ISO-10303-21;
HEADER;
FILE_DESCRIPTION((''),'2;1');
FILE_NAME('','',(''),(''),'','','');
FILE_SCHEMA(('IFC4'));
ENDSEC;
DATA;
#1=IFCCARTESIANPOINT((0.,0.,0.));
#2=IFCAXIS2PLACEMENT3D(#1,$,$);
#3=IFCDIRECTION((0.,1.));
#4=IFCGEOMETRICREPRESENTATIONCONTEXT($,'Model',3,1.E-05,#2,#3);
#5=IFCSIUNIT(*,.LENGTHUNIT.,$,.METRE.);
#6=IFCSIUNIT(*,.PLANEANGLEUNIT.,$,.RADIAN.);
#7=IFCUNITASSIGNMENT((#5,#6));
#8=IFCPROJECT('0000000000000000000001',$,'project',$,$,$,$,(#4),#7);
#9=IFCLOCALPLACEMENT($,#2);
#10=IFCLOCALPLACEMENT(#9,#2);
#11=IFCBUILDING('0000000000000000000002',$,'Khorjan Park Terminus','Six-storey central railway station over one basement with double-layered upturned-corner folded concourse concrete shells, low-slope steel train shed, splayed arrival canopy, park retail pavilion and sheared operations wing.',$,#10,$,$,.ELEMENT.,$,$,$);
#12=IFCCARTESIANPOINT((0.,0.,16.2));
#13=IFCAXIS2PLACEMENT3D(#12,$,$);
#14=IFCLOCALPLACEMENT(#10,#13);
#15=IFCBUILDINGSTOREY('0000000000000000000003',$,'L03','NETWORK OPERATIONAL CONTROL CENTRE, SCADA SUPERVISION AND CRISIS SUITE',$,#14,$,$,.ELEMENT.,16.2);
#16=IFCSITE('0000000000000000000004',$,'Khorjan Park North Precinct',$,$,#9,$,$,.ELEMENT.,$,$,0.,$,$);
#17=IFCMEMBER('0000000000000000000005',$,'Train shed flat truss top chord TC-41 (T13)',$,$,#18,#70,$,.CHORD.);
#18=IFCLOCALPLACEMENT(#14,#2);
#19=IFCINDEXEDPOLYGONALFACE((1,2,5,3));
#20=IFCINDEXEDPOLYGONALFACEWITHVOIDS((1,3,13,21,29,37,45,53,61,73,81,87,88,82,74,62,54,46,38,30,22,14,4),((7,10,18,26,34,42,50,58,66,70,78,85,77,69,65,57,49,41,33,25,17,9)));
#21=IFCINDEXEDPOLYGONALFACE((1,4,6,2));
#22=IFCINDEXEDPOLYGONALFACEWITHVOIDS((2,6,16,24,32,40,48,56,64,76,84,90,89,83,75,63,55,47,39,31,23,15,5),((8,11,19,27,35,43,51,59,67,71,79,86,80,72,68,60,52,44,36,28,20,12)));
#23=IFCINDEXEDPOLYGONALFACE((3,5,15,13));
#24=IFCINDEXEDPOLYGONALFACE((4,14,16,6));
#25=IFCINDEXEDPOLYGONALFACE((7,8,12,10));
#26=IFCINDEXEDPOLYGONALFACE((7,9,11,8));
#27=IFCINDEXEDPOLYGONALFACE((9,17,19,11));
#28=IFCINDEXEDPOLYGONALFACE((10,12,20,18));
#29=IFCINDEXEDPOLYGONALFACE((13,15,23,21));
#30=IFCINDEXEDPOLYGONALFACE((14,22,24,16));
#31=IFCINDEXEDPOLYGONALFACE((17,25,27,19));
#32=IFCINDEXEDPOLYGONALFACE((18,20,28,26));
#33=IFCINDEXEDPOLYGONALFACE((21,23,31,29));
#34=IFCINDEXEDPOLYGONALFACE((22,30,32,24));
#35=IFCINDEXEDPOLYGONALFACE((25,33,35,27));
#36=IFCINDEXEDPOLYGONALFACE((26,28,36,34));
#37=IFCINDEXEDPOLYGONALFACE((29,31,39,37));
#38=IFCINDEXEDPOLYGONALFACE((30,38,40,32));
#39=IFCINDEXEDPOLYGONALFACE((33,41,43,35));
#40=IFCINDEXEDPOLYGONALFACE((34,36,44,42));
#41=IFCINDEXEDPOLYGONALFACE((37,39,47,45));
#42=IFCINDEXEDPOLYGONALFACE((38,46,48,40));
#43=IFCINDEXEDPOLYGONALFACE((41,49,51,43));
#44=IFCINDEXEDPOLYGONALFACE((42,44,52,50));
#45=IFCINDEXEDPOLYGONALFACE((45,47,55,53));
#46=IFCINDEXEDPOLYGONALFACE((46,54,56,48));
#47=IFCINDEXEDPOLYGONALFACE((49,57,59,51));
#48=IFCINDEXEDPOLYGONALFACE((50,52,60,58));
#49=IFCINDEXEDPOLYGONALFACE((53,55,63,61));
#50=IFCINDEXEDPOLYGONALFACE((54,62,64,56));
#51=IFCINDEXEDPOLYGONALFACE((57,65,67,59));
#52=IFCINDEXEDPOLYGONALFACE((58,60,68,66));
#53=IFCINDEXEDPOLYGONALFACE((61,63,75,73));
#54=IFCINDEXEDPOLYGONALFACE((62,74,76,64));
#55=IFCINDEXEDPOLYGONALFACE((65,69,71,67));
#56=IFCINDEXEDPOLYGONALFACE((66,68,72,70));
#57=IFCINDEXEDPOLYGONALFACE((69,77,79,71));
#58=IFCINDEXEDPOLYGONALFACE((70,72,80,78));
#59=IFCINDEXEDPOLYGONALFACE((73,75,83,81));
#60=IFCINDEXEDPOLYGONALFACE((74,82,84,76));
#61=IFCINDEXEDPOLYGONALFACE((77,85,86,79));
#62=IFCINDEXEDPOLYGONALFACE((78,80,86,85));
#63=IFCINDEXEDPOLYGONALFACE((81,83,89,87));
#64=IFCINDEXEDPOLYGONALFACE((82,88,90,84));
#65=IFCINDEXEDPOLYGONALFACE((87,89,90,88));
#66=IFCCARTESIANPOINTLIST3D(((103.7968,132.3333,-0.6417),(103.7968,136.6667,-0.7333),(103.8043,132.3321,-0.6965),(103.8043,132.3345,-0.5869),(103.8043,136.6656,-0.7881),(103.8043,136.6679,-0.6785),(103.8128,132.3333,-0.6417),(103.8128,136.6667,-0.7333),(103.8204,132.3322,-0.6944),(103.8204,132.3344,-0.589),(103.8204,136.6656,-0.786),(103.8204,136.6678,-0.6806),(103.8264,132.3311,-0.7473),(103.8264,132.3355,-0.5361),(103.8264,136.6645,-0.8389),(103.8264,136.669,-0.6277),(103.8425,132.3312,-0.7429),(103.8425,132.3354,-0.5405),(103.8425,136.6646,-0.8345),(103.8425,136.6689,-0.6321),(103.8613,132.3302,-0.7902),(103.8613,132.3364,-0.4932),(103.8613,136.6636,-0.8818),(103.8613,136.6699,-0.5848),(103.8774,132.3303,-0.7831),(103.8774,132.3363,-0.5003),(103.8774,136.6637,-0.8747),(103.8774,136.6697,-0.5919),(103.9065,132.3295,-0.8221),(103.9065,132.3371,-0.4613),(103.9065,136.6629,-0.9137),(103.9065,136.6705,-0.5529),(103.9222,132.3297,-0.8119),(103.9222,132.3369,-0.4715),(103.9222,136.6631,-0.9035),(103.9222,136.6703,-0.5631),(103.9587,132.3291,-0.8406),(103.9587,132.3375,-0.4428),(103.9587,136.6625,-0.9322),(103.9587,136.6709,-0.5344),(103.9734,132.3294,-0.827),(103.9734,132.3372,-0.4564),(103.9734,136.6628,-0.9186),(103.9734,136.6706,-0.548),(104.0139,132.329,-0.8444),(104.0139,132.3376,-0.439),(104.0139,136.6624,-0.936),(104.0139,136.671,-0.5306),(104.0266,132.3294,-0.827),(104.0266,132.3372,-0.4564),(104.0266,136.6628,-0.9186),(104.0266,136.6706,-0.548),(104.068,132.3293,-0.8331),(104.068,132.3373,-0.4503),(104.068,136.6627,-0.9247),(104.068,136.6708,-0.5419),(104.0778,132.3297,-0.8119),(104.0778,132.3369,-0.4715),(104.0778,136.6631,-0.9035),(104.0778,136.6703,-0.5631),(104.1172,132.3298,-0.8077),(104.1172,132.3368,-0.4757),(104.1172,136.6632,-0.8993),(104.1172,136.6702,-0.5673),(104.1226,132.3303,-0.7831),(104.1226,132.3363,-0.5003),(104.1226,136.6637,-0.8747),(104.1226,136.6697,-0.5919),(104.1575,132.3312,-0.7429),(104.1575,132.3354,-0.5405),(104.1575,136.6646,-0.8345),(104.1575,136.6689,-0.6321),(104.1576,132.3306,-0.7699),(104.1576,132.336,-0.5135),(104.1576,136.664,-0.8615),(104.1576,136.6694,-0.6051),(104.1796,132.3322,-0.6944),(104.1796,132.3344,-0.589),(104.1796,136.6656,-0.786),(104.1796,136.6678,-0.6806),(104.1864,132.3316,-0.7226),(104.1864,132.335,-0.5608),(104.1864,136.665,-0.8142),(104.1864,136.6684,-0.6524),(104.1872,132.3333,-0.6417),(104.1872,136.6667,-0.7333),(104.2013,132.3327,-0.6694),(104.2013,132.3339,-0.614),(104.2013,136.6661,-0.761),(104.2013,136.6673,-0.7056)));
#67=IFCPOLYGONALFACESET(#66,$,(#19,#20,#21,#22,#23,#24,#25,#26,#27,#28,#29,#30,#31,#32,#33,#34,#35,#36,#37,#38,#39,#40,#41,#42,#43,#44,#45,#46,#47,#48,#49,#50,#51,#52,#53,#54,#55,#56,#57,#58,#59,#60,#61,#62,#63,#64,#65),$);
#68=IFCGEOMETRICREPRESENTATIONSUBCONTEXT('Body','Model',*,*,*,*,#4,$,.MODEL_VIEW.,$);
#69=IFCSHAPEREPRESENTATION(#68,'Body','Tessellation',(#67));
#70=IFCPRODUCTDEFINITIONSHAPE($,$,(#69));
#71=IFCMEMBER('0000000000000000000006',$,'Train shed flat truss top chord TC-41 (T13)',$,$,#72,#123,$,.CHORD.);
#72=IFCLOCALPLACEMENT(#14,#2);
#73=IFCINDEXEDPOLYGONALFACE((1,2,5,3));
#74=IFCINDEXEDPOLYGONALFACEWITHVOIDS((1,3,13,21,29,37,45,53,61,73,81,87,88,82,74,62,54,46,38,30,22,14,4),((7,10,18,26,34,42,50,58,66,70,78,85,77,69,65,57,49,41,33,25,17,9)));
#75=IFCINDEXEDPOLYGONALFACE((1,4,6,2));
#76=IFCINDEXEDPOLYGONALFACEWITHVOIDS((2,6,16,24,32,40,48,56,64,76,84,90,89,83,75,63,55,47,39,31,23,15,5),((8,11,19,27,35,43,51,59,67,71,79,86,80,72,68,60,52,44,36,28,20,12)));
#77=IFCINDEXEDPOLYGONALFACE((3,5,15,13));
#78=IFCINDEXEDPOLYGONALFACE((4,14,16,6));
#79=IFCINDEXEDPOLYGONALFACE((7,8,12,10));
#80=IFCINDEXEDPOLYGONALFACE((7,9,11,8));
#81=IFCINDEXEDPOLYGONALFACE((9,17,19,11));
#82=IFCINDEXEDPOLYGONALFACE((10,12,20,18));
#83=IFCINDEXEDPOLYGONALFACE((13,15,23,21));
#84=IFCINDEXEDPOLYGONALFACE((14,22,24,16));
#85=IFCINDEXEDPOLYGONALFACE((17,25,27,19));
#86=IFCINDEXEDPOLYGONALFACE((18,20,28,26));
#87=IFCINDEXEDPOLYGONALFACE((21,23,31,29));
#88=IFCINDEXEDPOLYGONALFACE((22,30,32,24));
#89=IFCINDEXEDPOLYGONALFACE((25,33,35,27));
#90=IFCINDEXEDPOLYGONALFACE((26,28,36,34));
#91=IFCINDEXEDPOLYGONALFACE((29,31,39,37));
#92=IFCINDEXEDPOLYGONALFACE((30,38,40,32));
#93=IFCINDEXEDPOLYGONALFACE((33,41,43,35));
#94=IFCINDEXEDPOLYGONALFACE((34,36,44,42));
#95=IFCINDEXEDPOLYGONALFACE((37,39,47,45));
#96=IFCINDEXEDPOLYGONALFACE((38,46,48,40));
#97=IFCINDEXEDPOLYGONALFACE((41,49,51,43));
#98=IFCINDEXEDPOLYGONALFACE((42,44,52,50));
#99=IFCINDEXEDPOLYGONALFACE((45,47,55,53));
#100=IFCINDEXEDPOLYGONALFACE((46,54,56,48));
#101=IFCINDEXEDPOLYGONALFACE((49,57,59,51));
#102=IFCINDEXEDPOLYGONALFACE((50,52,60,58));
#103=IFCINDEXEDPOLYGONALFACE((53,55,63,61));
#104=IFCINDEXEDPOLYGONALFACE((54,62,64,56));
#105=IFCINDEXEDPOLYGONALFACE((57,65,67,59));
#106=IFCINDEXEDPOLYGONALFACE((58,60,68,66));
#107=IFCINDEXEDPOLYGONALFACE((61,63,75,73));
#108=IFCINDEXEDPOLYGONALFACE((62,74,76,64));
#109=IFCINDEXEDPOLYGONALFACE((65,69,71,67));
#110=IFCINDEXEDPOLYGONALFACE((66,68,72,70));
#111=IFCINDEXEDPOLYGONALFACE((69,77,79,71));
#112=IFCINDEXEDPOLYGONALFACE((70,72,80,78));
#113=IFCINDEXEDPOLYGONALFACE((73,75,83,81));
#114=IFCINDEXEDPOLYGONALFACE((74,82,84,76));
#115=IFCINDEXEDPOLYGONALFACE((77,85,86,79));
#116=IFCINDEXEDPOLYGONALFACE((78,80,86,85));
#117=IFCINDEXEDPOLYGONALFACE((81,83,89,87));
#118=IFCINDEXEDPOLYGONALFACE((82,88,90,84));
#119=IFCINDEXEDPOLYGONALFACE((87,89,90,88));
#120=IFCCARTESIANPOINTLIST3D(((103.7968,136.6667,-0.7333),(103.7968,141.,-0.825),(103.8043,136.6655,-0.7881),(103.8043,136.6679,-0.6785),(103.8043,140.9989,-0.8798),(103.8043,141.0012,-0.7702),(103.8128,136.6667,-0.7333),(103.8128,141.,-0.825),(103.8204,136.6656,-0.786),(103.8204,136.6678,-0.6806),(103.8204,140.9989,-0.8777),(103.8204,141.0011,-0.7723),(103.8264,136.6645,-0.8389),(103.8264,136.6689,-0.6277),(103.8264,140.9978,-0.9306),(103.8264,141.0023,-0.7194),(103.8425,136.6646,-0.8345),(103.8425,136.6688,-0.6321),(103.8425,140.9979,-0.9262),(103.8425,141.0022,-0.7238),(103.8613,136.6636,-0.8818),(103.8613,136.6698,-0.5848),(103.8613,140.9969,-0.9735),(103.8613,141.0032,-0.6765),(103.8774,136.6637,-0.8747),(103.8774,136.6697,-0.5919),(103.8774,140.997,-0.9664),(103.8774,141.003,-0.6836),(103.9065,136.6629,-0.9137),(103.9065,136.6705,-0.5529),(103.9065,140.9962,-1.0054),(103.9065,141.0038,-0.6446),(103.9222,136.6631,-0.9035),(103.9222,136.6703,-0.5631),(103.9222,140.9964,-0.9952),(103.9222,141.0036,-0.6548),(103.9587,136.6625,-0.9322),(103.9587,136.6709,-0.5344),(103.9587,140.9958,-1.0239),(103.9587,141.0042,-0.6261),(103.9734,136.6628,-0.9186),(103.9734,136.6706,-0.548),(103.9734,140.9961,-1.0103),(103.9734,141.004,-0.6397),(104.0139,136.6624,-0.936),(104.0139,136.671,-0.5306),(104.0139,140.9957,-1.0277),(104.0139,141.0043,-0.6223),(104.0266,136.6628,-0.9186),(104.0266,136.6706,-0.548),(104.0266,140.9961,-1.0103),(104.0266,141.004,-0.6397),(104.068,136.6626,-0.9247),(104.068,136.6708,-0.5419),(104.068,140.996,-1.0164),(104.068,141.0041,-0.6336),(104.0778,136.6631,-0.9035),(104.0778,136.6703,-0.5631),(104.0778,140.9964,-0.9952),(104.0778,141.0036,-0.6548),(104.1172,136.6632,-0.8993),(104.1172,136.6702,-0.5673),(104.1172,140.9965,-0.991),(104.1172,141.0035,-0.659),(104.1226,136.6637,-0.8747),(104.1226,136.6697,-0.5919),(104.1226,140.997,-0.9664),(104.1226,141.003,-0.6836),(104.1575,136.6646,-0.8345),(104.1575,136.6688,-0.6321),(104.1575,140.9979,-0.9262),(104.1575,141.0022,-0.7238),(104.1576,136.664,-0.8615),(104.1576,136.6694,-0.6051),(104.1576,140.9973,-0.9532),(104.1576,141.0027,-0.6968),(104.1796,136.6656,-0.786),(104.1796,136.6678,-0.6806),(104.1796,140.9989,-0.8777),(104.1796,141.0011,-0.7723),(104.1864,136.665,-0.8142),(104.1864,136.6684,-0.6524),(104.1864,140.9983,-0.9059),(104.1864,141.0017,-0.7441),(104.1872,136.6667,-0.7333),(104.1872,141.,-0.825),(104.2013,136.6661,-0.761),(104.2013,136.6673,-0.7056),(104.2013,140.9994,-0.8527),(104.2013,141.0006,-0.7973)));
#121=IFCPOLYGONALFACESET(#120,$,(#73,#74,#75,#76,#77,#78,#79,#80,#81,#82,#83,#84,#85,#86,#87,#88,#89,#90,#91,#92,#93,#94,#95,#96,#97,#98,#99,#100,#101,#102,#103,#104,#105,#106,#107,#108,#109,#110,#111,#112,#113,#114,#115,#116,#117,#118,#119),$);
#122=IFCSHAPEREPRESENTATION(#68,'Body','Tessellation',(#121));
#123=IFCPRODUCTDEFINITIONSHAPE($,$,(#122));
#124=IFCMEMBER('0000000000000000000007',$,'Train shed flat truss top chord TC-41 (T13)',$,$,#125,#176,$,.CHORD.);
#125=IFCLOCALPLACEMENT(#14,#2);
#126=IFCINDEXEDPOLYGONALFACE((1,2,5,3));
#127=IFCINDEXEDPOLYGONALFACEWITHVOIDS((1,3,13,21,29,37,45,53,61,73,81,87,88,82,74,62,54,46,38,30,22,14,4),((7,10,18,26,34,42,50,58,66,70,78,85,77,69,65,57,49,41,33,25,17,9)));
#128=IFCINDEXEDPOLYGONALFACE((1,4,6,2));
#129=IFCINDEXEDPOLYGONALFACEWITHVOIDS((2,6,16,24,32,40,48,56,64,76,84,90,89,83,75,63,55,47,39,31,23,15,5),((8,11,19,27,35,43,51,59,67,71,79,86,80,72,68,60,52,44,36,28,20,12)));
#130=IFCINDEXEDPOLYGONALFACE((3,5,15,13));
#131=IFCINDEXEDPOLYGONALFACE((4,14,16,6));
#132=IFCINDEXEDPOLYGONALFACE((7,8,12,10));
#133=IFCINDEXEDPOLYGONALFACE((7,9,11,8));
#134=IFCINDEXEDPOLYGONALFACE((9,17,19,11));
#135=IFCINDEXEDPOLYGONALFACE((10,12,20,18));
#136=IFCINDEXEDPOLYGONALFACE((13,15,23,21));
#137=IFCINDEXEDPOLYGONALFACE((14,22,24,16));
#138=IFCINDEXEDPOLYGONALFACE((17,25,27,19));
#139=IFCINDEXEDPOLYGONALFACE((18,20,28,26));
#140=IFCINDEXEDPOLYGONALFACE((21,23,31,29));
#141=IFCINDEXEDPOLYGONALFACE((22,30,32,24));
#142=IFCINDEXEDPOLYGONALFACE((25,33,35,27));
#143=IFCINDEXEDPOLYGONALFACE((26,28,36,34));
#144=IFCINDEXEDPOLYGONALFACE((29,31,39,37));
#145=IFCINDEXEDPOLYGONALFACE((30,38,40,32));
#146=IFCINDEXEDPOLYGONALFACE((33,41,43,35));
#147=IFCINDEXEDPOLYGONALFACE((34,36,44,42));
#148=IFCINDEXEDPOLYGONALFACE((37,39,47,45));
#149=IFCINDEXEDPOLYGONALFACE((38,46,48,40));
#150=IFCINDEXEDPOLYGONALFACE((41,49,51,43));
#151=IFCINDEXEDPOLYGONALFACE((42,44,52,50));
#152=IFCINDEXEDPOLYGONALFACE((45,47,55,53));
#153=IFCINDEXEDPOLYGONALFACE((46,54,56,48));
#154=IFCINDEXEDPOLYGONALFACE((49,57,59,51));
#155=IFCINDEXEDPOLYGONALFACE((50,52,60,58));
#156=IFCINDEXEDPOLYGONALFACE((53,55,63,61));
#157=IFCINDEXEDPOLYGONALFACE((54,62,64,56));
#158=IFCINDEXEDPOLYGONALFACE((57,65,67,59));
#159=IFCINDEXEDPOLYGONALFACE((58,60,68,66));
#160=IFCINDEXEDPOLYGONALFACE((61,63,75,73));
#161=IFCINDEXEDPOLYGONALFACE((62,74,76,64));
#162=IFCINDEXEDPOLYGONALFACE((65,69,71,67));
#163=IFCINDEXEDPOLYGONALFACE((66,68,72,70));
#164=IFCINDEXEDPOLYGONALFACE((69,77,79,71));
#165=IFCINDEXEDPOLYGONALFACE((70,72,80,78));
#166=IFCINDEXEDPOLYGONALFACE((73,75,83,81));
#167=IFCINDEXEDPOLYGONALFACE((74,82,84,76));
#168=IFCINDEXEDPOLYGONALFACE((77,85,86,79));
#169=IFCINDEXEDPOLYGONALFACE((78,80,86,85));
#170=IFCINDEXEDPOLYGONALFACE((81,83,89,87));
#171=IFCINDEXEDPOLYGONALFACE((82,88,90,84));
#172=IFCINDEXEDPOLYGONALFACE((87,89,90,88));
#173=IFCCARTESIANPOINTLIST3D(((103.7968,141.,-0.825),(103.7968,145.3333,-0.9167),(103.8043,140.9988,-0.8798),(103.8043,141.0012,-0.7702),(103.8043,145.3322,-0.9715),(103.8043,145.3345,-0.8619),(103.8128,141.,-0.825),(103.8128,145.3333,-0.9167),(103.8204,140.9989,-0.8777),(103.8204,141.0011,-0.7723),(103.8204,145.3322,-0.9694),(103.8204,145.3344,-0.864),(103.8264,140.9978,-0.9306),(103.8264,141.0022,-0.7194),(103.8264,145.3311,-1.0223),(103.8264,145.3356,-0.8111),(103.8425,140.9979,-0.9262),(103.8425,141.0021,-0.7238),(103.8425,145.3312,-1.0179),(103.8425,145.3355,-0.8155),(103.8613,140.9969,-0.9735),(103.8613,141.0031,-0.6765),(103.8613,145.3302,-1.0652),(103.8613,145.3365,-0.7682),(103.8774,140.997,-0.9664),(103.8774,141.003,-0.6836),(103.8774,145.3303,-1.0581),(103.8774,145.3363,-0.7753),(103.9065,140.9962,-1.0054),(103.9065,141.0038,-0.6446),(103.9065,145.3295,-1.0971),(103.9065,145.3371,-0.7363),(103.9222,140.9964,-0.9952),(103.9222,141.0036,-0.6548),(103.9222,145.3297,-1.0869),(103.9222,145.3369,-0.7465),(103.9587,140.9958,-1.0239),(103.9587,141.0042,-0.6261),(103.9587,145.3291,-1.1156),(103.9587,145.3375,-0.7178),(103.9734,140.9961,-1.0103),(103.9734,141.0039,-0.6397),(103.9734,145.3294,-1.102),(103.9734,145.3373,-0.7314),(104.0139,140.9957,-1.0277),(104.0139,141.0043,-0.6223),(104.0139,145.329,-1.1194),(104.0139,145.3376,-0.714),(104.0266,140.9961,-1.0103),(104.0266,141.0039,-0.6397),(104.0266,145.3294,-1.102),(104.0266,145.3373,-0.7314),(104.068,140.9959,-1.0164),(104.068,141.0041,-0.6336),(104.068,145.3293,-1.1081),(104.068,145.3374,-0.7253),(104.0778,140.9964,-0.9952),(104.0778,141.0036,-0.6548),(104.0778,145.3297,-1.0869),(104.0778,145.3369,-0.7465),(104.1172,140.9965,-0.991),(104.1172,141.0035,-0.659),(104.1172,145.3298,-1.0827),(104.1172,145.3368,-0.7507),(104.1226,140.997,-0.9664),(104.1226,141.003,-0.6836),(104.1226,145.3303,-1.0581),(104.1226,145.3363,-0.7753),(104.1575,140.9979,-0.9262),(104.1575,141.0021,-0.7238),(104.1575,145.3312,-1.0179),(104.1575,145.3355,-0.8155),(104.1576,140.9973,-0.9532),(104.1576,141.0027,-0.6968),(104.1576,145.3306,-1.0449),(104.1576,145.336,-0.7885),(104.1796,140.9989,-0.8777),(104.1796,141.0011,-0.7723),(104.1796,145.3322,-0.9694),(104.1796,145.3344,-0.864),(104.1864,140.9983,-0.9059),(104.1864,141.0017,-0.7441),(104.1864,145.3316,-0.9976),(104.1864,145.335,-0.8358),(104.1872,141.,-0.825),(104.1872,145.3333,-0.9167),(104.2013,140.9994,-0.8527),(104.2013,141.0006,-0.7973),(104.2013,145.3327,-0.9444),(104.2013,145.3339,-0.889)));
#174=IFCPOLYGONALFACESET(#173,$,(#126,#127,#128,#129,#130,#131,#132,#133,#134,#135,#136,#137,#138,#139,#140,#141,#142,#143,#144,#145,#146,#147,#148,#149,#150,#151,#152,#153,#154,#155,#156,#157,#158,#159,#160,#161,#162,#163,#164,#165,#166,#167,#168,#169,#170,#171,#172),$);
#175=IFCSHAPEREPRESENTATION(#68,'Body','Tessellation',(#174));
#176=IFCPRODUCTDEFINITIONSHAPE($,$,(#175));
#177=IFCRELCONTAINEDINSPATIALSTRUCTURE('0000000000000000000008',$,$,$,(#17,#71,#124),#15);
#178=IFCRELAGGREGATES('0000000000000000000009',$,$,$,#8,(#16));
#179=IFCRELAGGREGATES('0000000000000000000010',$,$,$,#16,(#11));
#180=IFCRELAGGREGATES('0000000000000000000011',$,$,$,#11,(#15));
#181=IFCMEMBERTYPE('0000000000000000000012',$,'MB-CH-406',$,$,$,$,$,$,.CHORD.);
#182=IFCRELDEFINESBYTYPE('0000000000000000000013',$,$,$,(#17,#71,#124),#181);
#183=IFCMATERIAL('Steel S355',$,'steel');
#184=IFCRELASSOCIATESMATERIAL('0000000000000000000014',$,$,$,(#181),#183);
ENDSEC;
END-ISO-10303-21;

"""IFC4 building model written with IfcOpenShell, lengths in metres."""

from ifc_helpers import new_model, si_unit, direction, frame, origin, origin_2d, place, context, subcontext, project, spatial, hollow_circle, extrude, material, material_profile, profile_set, type_object, element, save


model = new_model("IFC4")

# Units and contexts
model_context = context("Model", 3, precision=1e-05, world=origin(), true_north=direction((0.0, 1.0)))
body_context = subcontext(model_context, "Body", "Model", "MODEL_VIEW")
ifc_project = project(units=[si_unit("LENGTHUNIT", "METRE"), si_unit("PLANEANGLEUNIT", "RADIAN")], contexts=[model_context])

# Site, building, storey
site_placement = place(None, origin())
site = spatial("IfcSite", under=ifc_project, at=site_placement, Name="Khorjan Park North Precinct", CompositionType="ELEMENT", RefElevation=0.0)
building_placement = place(site_placement, origin())
building = spatial("IfcBuilding", under=site, at=building_placement, Name="Khorjan Park Terminus", Description="Six-storey central railway station over one basement with double-layered upturned-corner folded concourse concrete shells, low-slope steel train shed, splayed arrival canopy, park retail pavilion and sheared operations wing.", CompositionType="ELEMENT")
storey_placement = place(building_placement, frame((0.0, 0.0, 16.2)))
storey = spatial("IfcBuildingStorey", under=building, at=storey_placement, Name="L03", Description="NETWORK OPERATIONAL CONTROL CENTRE, SCADA SUPERVISION AND CRISIS SUITE", CompositionType="ELEMENT", Elevation=16.2)

# Members
ifc_material = material(Name="Steel S355", Category="steel")
ifc_material_profile_1 = material_profile(ifc_material, hollow_circle(Radius=0.2032, WallThickness=0.016, at=origin_2d()), Name="CHS 406.4x16")
ifc_profile_set_1 = profile_set([ifc_material_profile_1], Name="Steel S355")
member_type_1 = type_object("IfcMemberType", Name="MB-CH-406", PredefinedType="CHORD", material=ifc_profile_set_1)
member_1_placement = place(storey_placement, frame((104.0, 132.3333, -0.6417), z_axis=(0.0, 0.999777, -0.021133), x_axis=(-1.0, 0.0, 0.0)))
element("IfcMember", 1, at=member_1_placement, inside=storey, type_object=member_type_1, Name="Train shed flat truss top chord TC-41 (T13)", PredefinedType="CHORD", context=body_context, shape_type="SweptSolid", body=[
    extrude(hollow_circle(Radius=0.2032, WallThickness=0.016, at=origin_2d()), origin(), (0.0, 0.0, 1.0), 4.3344),
])
for number, where, z_axis, x_axis, name in (
    (2, (104.0, 136.6667, -0.7333), (0.0, 0.999776, -0.021157), (-1.0, 0.0, 0.0), "Train shed flat truss top chord TC-41 (T13)"),
    (3, (104.0, 141.0, -0.825), (0.0, 0.999776, -0.021157), (-1.0, 0.0, 0.0), "Train shed flat truss top chord TC-41 (T13)"),
):
    element("IfcMember", number, at=place(storey_placement, frame(where, z_axis=z_axis, x_axis=x_axis)), inside=storey, type_object=member_type_1, Name=name, PredefinedType="CHORD", context=body_context, shape_type="SweptSolid", body=[
        extrude(hollow_circle(Radius=0.2032, WallThickness=0.016, at=origin_2d()), origin(), (0.0, 0.0, 1.0), 4.3343),
    ])

save(model, "model.ifc")
